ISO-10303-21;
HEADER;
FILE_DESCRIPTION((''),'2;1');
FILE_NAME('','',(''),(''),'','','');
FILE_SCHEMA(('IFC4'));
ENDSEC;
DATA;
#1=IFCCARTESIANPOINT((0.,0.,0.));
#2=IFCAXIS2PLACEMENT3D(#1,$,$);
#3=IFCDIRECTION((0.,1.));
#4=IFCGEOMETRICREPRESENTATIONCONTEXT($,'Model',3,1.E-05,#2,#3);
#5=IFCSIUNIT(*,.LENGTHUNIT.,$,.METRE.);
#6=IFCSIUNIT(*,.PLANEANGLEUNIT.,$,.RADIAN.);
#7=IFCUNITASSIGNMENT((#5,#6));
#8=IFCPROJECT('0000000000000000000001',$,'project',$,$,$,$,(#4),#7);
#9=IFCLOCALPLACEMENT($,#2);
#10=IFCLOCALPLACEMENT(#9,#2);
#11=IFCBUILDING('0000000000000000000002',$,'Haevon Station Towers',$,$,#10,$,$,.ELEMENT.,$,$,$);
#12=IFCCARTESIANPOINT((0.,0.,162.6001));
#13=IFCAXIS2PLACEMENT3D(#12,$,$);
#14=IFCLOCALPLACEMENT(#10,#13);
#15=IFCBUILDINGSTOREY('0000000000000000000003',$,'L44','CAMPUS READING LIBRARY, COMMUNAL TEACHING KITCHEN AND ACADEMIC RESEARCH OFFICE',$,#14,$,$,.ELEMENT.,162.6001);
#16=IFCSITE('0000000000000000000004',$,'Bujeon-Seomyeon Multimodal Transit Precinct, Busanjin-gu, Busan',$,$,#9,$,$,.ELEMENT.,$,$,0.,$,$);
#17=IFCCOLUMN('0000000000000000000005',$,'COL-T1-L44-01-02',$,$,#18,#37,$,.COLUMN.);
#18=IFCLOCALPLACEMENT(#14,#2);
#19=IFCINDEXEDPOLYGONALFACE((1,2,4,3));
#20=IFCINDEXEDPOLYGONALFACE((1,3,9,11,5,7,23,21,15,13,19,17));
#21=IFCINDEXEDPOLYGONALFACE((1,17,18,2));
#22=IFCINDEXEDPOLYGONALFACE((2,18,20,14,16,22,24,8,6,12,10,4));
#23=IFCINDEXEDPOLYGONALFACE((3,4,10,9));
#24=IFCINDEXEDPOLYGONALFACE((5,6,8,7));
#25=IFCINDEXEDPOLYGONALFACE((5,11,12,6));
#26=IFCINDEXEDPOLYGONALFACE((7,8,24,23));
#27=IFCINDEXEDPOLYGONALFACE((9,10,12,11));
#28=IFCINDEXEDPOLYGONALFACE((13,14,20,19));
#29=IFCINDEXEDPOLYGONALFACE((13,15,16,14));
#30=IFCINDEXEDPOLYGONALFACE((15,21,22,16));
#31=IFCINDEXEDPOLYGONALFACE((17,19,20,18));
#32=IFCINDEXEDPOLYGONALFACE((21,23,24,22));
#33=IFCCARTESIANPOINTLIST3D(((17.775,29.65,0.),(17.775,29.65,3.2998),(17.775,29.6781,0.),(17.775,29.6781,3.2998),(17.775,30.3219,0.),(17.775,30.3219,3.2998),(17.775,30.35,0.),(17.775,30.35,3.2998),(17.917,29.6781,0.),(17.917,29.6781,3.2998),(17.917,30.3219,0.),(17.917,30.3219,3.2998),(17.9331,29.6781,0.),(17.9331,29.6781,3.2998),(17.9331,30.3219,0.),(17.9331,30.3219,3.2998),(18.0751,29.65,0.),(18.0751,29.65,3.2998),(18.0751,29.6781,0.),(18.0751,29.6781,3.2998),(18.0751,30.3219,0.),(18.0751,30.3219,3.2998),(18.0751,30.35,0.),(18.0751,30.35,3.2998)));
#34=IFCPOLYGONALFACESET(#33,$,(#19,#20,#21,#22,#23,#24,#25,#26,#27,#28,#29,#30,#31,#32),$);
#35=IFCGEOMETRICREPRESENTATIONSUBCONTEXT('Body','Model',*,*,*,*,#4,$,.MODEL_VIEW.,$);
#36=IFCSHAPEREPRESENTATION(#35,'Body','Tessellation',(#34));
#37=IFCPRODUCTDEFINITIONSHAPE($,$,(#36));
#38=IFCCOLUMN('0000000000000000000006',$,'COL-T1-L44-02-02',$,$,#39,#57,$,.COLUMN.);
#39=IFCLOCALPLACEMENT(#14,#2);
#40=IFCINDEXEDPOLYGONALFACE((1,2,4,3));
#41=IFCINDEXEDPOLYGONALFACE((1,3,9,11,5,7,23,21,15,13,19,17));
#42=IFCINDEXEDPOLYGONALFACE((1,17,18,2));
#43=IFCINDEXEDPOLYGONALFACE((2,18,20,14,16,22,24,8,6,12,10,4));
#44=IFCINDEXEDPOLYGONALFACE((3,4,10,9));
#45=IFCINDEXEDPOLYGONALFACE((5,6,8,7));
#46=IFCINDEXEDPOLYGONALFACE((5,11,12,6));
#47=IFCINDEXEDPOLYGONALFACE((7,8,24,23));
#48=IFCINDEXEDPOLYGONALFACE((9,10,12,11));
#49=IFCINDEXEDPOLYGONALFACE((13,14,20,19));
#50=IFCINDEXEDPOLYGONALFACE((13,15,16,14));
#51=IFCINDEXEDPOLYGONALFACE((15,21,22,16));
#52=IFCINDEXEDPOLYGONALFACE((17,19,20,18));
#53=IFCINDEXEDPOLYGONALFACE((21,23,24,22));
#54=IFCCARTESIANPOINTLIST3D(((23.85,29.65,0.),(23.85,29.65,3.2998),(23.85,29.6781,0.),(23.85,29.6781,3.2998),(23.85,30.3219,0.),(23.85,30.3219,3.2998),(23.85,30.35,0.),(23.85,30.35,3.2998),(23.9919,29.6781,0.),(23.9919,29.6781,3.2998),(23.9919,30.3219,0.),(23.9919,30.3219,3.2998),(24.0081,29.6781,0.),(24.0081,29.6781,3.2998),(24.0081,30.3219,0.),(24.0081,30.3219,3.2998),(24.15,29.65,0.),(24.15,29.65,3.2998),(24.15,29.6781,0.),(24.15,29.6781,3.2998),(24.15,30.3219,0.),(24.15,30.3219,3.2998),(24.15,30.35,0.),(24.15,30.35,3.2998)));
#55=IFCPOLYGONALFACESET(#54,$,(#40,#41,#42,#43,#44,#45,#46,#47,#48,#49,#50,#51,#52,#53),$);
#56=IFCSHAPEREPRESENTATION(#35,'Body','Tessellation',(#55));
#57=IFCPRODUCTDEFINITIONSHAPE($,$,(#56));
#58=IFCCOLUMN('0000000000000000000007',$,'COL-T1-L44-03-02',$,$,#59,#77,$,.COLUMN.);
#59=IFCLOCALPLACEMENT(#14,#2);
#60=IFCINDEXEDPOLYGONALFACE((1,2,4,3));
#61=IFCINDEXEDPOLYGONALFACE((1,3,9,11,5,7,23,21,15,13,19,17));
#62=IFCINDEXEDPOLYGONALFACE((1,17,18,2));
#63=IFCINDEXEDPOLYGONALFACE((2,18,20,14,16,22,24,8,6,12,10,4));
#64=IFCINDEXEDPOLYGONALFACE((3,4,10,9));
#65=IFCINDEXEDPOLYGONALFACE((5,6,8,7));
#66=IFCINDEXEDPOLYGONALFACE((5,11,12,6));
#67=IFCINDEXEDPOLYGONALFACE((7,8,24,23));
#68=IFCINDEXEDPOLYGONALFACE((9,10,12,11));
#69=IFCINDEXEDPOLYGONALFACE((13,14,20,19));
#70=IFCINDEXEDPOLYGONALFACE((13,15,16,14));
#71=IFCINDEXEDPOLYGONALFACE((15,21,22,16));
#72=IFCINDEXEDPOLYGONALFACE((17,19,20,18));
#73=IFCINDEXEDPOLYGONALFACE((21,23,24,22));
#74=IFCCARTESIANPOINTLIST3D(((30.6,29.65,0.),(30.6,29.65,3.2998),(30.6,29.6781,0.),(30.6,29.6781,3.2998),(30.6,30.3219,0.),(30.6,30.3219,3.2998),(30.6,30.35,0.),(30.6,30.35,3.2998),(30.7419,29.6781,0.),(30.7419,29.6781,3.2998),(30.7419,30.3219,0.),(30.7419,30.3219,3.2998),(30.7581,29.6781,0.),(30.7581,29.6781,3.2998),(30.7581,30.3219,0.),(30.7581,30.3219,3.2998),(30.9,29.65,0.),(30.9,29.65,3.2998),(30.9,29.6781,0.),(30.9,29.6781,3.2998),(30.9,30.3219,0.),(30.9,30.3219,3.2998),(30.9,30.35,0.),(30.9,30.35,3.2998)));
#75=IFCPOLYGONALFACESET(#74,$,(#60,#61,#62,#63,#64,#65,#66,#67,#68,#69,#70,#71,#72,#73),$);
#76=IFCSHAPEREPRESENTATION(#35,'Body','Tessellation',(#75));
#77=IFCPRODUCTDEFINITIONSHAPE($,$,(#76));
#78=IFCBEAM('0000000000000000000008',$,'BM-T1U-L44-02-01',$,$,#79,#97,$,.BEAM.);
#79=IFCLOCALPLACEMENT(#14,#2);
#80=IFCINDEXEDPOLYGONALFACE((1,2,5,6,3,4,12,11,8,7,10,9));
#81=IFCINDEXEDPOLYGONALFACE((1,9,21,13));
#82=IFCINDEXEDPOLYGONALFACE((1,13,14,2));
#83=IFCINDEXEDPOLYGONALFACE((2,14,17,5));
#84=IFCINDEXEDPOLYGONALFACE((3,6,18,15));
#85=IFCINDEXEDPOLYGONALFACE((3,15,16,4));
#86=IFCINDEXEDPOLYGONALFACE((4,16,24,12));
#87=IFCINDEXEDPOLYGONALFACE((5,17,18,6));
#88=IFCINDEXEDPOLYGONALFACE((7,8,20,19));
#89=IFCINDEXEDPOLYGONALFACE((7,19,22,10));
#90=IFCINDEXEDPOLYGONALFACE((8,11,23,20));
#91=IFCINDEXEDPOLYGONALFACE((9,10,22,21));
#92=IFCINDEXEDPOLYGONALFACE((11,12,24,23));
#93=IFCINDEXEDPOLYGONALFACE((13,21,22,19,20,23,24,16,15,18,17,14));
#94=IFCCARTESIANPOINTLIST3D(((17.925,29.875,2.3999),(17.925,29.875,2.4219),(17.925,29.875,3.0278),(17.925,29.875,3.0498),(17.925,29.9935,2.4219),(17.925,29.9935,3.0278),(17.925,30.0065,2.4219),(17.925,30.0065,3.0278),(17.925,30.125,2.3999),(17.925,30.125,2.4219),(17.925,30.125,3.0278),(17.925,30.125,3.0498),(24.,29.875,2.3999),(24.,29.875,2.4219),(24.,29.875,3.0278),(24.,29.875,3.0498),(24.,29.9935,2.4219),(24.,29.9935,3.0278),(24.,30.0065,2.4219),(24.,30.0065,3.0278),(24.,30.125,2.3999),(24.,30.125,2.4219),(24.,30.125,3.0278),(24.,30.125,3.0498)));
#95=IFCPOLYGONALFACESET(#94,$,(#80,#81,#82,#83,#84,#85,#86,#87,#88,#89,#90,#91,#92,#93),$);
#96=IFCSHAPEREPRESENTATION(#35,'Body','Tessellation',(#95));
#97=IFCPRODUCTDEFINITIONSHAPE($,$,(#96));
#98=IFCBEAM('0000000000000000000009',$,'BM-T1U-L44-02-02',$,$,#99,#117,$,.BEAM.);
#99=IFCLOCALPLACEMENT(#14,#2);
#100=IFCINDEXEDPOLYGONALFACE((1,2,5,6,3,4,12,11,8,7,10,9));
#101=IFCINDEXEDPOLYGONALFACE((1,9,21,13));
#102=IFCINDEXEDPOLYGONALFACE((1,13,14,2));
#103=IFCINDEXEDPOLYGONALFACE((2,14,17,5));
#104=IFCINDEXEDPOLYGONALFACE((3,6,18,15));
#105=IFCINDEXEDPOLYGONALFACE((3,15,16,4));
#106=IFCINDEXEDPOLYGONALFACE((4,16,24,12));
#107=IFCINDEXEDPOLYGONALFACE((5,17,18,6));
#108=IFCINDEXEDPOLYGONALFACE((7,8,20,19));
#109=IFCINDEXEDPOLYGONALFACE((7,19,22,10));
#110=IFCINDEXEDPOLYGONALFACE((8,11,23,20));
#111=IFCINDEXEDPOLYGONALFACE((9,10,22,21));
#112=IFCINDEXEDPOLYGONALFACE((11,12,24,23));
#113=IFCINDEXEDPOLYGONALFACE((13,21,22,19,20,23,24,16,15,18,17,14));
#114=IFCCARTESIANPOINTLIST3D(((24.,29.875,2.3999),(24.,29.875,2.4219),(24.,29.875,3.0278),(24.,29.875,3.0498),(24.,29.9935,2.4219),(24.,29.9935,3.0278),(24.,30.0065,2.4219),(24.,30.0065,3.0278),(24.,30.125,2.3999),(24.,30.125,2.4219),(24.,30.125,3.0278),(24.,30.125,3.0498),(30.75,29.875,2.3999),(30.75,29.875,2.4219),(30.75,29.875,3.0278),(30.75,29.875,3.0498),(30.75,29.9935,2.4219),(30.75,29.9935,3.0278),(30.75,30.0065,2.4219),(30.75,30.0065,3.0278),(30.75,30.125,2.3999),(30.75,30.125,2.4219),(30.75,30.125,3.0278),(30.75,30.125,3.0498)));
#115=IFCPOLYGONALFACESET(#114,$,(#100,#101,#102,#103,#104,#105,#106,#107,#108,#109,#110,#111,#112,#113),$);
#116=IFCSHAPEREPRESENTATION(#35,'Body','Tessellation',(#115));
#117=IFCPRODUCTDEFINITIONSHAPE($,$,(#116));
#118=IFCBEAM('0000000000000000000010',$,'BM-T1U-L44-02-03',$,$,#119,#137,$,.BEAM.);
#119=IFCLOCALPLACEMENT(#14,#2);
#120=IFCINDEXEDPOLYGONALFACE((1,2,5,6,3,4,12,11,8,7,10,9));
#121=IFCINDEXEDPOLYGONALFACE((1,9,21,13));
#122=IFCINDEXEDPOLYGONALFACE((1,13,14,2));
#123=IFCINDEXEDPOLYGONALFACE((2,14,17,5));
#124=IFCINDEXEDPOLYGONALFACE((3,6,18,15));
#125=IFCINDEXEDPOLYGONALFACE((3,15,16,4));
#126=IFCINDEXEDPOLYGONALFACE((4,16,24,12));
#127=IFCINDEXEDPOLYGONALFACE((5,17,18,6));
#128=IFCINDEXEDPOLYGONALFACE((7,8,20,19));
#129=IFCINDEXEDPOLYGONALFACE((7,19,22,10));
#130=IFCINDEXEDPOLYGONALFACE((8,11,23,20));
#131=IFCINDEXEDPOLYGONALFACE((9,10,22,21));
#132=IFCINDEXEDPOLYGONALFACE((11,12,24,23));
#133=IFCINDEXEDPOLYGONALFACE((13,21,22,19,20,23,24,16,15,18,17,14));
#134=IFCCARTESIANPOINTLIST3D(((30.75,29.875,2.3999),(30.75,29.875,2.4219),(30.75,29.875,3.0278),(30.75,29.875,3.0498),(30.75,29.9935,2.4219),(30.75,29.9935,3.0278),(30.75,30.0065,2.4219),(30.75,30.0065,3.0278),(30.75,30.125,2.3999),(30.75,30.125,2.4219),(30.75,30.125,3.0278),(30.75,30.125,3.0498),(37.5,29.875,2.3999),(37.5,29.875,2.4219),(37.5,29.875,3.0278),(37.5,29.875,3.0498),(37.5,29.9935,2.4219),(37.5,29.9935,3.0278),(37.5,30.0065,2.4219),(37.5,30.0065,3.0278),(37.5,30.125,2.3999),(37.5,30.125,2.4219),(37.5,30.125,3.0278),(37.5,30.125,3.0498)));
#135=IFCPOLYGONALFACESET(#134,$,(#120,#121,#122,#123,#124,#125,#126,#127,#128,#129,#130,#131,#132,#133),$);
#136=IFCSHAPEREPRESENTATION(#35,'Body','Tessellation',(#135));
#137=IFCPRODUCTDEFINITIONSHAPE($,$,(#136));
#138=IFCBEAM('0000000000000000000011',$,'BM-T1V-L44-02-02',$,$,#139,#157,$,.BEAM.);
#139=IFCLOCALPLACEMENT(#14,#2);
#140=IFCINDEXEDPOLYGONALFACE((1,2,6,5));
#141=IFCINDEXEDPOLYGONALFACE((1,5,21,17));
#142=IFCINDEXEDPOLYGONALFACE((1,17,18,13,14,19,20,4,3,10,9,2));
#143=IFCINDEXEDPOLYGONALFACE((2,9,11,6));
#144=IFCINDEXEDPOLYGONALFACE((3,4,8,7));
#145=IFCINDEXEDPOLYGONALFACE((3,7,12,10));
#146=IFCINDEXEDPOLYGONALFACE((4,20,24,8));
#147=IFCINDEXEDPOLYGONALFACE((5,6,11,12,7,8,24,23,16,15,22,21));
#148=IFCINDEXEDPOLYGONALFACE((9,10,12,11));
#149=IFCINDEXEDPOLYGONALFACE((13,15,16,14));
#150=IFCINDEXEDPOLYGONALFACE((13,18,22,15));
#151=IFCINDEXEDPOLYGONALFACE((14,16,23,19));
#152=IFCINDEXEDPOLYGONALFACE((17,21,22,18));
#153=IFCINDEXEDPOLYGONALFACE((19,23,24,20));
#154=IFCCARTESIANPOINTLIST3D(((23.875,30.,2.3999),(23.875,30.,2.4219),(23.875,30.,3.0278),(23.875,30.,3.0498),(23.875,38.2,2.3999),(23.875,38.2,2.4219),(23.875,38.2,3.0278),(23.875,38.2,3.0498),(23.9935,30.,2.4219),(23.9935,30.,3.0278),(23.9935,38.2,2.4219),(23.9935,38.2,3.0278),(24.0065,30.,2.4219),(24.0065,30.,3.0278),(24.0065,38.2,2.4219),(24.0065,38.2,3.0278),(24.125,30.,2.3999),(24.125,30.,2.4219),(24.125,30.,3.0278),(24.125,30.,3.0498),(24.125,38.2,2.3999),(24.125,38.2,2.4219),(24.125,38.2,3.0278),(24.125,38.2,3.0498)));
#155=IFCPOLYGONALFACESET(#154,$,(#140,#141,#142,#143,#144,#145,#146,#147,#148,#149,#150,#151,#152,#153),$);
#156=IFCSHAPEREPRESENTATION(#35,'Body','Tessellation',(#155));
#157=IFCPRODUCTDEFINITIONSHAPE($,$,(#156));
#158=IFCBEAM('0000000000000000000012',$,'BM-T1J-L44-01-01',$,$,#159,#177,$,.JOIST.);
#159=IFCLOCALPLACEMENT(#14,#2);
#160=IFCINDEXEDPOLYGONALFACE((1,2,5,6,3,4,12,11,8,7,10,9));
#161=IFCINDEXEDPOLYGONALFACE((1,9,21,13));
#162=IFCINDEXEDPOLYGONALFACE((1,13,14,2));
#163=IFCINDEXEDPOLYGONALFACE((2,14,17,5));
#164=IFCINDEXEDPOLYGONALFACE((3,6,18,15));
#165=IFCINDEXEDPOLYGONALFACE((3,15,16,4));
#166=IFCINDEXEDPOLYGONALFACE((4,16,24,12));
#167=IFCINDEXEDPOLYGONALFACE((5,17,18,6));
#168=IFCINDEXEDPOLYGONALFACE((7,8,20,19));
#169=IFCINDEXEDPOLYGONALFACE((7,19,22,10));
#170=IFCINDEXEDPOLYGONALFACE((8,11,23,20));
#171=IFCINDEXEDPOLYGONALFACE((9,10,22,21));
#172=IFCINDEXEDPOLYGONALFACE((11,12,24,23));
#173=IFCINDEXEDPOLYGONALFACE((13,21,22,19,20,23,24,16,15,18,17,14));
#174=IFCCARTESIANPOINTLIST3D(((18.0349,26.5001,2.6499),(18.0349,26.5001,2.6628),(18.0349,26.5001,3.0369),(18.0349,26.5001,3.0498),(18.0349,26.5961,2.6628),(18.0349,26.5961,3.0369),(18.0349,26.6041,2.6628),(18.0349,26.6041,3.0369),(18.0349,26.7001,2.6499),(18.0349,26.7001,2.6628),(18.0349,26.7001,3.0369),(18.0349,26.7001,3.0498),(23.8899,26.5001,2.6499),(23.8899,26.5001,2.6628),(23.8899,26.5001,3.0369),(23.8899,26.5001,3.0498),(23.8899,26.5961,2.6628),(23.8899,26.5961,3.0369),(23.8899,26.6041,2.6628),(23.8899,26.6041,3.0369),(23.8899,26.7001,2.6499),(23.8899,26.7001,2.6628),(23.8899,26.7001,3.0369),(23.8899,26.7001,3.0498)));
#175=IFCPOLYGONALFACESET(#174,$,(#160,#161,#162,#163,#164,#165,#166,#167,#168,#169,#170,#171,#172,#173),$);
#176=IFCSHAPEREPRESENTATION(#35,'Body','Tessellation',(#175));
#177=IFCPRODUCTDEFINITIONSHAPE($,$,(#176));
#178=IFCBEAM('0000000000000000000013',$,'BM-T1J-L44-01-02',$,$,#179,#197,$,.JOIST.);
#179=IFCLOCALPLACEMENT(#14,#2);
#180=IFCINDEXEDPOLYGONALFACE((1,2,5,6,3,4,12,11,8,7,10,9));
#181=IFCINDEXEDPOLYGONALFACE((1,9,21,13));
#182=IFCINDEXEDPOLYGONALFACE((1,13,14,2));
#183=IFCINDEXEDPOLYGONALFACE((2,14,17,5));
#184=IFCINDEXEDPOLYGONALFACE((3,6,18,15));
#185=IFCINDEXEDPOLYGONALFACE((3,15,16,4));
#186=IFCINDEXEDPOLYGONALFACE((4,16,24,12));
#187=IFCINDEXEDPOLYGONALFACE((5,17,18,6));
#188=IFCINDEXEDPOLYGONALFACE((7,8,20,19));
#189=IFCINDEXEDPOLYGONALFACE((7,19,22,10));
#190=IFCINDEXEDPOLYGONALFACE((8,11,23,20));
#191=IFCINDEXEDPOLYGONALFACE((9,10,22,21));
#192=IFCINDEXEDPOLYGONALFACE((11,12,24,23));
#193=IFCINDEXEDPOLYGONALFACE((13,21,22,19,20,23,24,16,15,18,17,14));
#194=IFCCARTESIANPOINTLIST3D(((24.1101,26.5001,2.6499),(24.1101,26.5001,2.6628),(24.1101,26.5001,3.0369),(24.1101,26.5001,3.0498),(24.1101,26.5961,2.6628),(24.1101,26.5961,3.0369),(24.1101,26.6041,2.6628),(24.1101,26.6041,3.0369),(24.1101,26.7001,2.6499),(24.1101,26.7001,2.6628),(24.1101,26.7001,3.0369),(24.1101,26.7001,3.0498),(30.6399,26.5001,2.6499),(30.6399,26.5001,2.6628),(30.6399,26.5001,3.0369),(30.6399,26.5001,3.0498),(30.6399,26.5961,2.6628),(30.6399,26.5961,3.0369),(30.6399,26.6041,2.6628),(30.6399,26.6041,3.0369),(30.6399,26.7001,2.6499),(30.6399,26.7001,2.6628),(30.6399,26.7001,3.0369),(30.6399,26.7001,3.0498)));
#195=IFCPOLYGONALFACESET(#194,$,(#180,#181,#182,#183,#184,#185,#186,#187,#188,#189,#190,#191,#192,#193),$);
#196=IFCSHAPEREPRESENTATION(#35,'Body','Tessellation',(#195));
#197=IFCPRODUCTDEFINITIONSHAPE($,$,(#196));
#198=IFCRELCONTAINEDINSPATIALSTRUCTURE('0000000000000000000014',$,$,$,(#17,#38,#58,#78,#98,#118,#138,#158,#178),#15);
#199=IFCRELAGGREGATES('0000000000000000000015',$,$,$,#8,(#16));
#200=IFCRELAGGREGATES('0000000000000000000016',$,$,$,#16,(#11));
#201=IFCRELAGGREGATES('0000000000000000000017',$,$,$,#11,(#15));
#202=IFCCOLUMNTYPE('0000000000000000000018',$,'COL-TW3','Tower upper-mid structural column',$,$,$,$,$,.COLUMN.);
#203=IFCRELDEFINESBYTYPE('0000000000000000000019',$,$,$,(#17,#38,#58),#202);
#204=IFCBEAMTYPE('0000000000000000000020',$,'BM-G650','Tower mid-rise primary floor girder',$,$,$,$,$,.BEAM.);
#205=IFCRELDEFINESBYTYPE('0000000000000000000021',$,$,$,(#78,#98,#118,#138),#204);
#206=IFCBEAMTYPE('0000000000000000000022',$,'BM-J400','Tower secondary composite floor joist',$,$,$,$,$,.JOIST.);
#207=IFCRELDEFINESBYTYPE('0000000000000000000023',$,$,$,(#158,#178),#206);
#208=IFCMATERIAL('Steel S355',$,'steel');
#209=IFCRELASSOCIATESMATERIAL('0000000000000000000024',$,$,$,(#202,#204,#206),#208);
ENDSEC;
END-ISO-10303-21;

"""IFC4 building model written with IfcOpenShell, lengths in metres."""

from ifc_helpers import new_model, si_unit, direction, frame, origin, origin_2d, place, context, subcontext, project, spatial, i_section, extrude, material, material_profile, profile_set, type_object, element, save


model = new_model("IFC4")

# Units and contexts
model_context = context("Model", 3, precision=1e-05, world=origin(), true_north=direction((0.0, 1.0)))
body_context = subcontext(model_context, "Body", "Model", "MODEL_VIEW")
ifc_project = project(units=[si_unit("LENGTHUNIT", "METRE"), si_unit("PLANEANGLEUNIT", "RADIAN")], contexts=[model_context])

# Site, building, storey
site_placement = place(None, origin())
site = spatial("IfcSite", under=ifc_project, at=site_placement, Name="Bujeon-Seomyeon Multimodal Transit Precinct, Busanjin-gu, Busan", CompositionType="ELEMENT", RefElevation=0.0)
building_placement = place(site_placement, origin())
building = spatial("IfcBuilding", under=site, at=building_placement, Name="Haevon Station Towers", CompositionType="ELEMENT")
storey_placement = place(building_placement, frame((0.0, 0.0, 162.6001)))
storey = spatial("IfcBuildingStorey", under=building, at=storey_placement, Name="L44", Description="CAMPUS READING LIBRARY, COMMUNAL TEACHING KITCHEN AND ACADEMIC RESEARCH OFFICE", CompositionType="ELEMENT", Elevation=162.6001)

# Columns
ifc_material_1 = material(Name="Steel S355", Category="steel")
ifc_material_profile_1 = material_profile(ifc_material_1, i_section(OverallWidth=0.3, OverallDepth=0.7, WebThickness=0.0161, FlangeThickness=0.0281, at=origin_2d()), Name="H-700x300x16x28")
ifc_profile_set_1 = profile_set([ifc_material_profile_1], Name="Steel S355")
column_type = type_object("IfcColumnType", Name="COL-TW3", Description="Tower upper-mid structural column", PredefinedType="COLUMN", material=ifc_profile_set_1)
for number, where, z_axis, x_axis, name in (
    (1, (17.925, 30.0, 0.0), (0.0, 0.0, 1.0), (1.0, 0.0, 0.0), "COL-T1-L44-01-02"),
    (2, (24.0, 30.0, 0.0), (0.0, 0.0, 1.0), (1.0, 0.0, 0.0), "COL-T1-L44-02-02"),
    (3, (30.75, 30.0, 0.0), (0.0, 0.0, 1.0), (1.0, 0.0, 0.0), "COL-T1-L44-03-02"),
):
    element("IfcColumn", number, at=place(storey_placement, frame(where, z_axis=z_axis, x_axis=x_axis)), inside=storey, type_object=column_type, Name=name, PredefinedType="COLUMN", context=body_context, shape_type="SweptSolid", body=[
        extrude(i_section(OverallWidth=0.3, OverallDepth=0.7, WebThickness=0.0161, FlangeThickness=0.0281, at=origin_2d()), origin(), (0.0, 0.0, 1.0), 3.2998),
    ])

# Beams
ifc_material_profile_2 = material_profile(ifc_material_1, i_section(OverallWidth=0.25, OverallDepth=0.6499, WebThickness=0.0129, FlangeThickness=0.022, at=origin_2d()), Name="H-650x250x13x22")
ifc_profile_set_2 = profile_set([ifc_material_profile_2], Name="Steel S355")
beam_type_1 = type_object("IfcBeamType", Name="BM-G650", Description="Tower mid-rise primary floor girder", PredefinedType="BEAM", material=ifc_profile_set_2)
beam_1_placement = place(storey_placement, frame((17.925, 30.0, 2.7249), z_axis=(1.0, 0.0, 0.0), x_axis=(0.0, 1.0, 0.0)))
element("IfcBeam", 4, at=beam_1_placement, inside=storey, type_object=beam_type_1, Name="BM-T1U-L44-02-01", PredefinedType="BEAM", context=body_context, shape_type="SweptSolid", body=[
    extrude(i_section(OverallWidth=0.25, OverallDepth=0.6499, WebThickness=0.0129, FlangeThickness=0.022, at=origin_2d()), origin(), (0.0, 0.0, 1.0), 6.075),
])
for number, where, z_axis, x_axis, name in (
    (5, (24.0, 30.0, 2.7249), (1.0, 0.0, 0.0), (0.0, 1.0, 0.0), "BM-T1U-L44-02-02"),
    (6, (30.75, 30.0, 2.7249), (1.0, 0.0, 0.0), (0.0, 1.0, 0.0), "BM-T1U-L44-02-03"),
):
    element("IfcBeam", number, at=place(storey_placement, frame(where, z_axis=z_axis, x_axis=x_axis)), inside=storey, type_object=beam_type_1, Name=name, PredefinedType="BEAM", context=body_context, shape_type="SweptSolid", body=[
        extrude(i_section(OverallWidth=0.25, OverallDepth=0.6499, WebThickness=0.0129, FlangeThickness=0.022, at=origin_2d()), origin(), (0.0, 0.0, 1.0), 6.75),
    ])
beam_2_placement = place(storey_placement, frame((24.0, 30.0, 2.7249), z_axis=(0.0, 1.0, 0.0), x_axis=(-1.0, 0.0, 0.0)))
element("IfcBeam", 7, at=beam_2_placement, inside=storey, type_object=beam_type_1, Name="BM-T1V-L44-02-02", PredefinedType="BEAM", context=body_context, shape_type="SweptSolid", body=[
    extrude(i_section(OverallWidth=0.25, OverallDepth=0.6499, WebThickness=0.0129, FlangeThickness=0.022, at=origin_2d()), origin(), (0.0, 0.0, 1.0), 8.2),
])
ifc_material_profile_3 = material_profile(ifc_material_1, i_section(OverallWidth=0.2, OverallDepth=0.3999, WebThickness=0.0081, FlangeThickness=0.0129, at=origin_2d()), Name="H-400x200x8x13")
ifc_profile_set_3 = profile_set([ifc_material_profile_3], Name="Steel S355")
beam_type_2 = type_object("IfcBeamType", Name="BM-J400", Description="Tower secondary composite floor joist", PredefinedType="JOIST", material=ifc_profile_set_3)
beam_3_placement = place(storey_placement, frame((18.0349, 26.6001, 2.8499), z_axis=(1.0, 0.0, 0.0), x_axis=(0.0, 1.0, 0.0)))
element("IfcBeam", 8, at=beam_3_placement, inside=storey, type_object=beam_type_2, Name="BM-T1J-L44-01-01", PredefinedType="JOIST", context=body_context, shape_type="SweptSolid", body=[
    extrude(i_section(OverallWidth=0.2, OverallDepth=0.3999, WebThickness=0.0081, FlangeThickness=0.0129, at=origin_2d()), origin(), (0.0, 0.0, 1.0), 5.855),
])
beam_4_placement = place(storey_placement, frame((24.1101, 26.6001, 2.8499), z_axis=(1.0, 0.0, 0.0), x_axis=(0.0, 1.0, 0.0)))
element("IfcBeam", 9, at=beam_4_placement, inside=storey, type_object=beam_type_2, Name="BM-T1J-L44-01-02", PredefinedType="JOIST", context=body_context, shape_type="SweptSolid", body=[
    extrude(i_section(OverallWidth=0.2, OverallDepth=0.3999, WebThickness=0.0081, FlangeThickness=0.0129, at=origin_2d()), origin(), (0.0, 0.0, 1.0), 6.5298),
])

save(model, "model.ifc")
